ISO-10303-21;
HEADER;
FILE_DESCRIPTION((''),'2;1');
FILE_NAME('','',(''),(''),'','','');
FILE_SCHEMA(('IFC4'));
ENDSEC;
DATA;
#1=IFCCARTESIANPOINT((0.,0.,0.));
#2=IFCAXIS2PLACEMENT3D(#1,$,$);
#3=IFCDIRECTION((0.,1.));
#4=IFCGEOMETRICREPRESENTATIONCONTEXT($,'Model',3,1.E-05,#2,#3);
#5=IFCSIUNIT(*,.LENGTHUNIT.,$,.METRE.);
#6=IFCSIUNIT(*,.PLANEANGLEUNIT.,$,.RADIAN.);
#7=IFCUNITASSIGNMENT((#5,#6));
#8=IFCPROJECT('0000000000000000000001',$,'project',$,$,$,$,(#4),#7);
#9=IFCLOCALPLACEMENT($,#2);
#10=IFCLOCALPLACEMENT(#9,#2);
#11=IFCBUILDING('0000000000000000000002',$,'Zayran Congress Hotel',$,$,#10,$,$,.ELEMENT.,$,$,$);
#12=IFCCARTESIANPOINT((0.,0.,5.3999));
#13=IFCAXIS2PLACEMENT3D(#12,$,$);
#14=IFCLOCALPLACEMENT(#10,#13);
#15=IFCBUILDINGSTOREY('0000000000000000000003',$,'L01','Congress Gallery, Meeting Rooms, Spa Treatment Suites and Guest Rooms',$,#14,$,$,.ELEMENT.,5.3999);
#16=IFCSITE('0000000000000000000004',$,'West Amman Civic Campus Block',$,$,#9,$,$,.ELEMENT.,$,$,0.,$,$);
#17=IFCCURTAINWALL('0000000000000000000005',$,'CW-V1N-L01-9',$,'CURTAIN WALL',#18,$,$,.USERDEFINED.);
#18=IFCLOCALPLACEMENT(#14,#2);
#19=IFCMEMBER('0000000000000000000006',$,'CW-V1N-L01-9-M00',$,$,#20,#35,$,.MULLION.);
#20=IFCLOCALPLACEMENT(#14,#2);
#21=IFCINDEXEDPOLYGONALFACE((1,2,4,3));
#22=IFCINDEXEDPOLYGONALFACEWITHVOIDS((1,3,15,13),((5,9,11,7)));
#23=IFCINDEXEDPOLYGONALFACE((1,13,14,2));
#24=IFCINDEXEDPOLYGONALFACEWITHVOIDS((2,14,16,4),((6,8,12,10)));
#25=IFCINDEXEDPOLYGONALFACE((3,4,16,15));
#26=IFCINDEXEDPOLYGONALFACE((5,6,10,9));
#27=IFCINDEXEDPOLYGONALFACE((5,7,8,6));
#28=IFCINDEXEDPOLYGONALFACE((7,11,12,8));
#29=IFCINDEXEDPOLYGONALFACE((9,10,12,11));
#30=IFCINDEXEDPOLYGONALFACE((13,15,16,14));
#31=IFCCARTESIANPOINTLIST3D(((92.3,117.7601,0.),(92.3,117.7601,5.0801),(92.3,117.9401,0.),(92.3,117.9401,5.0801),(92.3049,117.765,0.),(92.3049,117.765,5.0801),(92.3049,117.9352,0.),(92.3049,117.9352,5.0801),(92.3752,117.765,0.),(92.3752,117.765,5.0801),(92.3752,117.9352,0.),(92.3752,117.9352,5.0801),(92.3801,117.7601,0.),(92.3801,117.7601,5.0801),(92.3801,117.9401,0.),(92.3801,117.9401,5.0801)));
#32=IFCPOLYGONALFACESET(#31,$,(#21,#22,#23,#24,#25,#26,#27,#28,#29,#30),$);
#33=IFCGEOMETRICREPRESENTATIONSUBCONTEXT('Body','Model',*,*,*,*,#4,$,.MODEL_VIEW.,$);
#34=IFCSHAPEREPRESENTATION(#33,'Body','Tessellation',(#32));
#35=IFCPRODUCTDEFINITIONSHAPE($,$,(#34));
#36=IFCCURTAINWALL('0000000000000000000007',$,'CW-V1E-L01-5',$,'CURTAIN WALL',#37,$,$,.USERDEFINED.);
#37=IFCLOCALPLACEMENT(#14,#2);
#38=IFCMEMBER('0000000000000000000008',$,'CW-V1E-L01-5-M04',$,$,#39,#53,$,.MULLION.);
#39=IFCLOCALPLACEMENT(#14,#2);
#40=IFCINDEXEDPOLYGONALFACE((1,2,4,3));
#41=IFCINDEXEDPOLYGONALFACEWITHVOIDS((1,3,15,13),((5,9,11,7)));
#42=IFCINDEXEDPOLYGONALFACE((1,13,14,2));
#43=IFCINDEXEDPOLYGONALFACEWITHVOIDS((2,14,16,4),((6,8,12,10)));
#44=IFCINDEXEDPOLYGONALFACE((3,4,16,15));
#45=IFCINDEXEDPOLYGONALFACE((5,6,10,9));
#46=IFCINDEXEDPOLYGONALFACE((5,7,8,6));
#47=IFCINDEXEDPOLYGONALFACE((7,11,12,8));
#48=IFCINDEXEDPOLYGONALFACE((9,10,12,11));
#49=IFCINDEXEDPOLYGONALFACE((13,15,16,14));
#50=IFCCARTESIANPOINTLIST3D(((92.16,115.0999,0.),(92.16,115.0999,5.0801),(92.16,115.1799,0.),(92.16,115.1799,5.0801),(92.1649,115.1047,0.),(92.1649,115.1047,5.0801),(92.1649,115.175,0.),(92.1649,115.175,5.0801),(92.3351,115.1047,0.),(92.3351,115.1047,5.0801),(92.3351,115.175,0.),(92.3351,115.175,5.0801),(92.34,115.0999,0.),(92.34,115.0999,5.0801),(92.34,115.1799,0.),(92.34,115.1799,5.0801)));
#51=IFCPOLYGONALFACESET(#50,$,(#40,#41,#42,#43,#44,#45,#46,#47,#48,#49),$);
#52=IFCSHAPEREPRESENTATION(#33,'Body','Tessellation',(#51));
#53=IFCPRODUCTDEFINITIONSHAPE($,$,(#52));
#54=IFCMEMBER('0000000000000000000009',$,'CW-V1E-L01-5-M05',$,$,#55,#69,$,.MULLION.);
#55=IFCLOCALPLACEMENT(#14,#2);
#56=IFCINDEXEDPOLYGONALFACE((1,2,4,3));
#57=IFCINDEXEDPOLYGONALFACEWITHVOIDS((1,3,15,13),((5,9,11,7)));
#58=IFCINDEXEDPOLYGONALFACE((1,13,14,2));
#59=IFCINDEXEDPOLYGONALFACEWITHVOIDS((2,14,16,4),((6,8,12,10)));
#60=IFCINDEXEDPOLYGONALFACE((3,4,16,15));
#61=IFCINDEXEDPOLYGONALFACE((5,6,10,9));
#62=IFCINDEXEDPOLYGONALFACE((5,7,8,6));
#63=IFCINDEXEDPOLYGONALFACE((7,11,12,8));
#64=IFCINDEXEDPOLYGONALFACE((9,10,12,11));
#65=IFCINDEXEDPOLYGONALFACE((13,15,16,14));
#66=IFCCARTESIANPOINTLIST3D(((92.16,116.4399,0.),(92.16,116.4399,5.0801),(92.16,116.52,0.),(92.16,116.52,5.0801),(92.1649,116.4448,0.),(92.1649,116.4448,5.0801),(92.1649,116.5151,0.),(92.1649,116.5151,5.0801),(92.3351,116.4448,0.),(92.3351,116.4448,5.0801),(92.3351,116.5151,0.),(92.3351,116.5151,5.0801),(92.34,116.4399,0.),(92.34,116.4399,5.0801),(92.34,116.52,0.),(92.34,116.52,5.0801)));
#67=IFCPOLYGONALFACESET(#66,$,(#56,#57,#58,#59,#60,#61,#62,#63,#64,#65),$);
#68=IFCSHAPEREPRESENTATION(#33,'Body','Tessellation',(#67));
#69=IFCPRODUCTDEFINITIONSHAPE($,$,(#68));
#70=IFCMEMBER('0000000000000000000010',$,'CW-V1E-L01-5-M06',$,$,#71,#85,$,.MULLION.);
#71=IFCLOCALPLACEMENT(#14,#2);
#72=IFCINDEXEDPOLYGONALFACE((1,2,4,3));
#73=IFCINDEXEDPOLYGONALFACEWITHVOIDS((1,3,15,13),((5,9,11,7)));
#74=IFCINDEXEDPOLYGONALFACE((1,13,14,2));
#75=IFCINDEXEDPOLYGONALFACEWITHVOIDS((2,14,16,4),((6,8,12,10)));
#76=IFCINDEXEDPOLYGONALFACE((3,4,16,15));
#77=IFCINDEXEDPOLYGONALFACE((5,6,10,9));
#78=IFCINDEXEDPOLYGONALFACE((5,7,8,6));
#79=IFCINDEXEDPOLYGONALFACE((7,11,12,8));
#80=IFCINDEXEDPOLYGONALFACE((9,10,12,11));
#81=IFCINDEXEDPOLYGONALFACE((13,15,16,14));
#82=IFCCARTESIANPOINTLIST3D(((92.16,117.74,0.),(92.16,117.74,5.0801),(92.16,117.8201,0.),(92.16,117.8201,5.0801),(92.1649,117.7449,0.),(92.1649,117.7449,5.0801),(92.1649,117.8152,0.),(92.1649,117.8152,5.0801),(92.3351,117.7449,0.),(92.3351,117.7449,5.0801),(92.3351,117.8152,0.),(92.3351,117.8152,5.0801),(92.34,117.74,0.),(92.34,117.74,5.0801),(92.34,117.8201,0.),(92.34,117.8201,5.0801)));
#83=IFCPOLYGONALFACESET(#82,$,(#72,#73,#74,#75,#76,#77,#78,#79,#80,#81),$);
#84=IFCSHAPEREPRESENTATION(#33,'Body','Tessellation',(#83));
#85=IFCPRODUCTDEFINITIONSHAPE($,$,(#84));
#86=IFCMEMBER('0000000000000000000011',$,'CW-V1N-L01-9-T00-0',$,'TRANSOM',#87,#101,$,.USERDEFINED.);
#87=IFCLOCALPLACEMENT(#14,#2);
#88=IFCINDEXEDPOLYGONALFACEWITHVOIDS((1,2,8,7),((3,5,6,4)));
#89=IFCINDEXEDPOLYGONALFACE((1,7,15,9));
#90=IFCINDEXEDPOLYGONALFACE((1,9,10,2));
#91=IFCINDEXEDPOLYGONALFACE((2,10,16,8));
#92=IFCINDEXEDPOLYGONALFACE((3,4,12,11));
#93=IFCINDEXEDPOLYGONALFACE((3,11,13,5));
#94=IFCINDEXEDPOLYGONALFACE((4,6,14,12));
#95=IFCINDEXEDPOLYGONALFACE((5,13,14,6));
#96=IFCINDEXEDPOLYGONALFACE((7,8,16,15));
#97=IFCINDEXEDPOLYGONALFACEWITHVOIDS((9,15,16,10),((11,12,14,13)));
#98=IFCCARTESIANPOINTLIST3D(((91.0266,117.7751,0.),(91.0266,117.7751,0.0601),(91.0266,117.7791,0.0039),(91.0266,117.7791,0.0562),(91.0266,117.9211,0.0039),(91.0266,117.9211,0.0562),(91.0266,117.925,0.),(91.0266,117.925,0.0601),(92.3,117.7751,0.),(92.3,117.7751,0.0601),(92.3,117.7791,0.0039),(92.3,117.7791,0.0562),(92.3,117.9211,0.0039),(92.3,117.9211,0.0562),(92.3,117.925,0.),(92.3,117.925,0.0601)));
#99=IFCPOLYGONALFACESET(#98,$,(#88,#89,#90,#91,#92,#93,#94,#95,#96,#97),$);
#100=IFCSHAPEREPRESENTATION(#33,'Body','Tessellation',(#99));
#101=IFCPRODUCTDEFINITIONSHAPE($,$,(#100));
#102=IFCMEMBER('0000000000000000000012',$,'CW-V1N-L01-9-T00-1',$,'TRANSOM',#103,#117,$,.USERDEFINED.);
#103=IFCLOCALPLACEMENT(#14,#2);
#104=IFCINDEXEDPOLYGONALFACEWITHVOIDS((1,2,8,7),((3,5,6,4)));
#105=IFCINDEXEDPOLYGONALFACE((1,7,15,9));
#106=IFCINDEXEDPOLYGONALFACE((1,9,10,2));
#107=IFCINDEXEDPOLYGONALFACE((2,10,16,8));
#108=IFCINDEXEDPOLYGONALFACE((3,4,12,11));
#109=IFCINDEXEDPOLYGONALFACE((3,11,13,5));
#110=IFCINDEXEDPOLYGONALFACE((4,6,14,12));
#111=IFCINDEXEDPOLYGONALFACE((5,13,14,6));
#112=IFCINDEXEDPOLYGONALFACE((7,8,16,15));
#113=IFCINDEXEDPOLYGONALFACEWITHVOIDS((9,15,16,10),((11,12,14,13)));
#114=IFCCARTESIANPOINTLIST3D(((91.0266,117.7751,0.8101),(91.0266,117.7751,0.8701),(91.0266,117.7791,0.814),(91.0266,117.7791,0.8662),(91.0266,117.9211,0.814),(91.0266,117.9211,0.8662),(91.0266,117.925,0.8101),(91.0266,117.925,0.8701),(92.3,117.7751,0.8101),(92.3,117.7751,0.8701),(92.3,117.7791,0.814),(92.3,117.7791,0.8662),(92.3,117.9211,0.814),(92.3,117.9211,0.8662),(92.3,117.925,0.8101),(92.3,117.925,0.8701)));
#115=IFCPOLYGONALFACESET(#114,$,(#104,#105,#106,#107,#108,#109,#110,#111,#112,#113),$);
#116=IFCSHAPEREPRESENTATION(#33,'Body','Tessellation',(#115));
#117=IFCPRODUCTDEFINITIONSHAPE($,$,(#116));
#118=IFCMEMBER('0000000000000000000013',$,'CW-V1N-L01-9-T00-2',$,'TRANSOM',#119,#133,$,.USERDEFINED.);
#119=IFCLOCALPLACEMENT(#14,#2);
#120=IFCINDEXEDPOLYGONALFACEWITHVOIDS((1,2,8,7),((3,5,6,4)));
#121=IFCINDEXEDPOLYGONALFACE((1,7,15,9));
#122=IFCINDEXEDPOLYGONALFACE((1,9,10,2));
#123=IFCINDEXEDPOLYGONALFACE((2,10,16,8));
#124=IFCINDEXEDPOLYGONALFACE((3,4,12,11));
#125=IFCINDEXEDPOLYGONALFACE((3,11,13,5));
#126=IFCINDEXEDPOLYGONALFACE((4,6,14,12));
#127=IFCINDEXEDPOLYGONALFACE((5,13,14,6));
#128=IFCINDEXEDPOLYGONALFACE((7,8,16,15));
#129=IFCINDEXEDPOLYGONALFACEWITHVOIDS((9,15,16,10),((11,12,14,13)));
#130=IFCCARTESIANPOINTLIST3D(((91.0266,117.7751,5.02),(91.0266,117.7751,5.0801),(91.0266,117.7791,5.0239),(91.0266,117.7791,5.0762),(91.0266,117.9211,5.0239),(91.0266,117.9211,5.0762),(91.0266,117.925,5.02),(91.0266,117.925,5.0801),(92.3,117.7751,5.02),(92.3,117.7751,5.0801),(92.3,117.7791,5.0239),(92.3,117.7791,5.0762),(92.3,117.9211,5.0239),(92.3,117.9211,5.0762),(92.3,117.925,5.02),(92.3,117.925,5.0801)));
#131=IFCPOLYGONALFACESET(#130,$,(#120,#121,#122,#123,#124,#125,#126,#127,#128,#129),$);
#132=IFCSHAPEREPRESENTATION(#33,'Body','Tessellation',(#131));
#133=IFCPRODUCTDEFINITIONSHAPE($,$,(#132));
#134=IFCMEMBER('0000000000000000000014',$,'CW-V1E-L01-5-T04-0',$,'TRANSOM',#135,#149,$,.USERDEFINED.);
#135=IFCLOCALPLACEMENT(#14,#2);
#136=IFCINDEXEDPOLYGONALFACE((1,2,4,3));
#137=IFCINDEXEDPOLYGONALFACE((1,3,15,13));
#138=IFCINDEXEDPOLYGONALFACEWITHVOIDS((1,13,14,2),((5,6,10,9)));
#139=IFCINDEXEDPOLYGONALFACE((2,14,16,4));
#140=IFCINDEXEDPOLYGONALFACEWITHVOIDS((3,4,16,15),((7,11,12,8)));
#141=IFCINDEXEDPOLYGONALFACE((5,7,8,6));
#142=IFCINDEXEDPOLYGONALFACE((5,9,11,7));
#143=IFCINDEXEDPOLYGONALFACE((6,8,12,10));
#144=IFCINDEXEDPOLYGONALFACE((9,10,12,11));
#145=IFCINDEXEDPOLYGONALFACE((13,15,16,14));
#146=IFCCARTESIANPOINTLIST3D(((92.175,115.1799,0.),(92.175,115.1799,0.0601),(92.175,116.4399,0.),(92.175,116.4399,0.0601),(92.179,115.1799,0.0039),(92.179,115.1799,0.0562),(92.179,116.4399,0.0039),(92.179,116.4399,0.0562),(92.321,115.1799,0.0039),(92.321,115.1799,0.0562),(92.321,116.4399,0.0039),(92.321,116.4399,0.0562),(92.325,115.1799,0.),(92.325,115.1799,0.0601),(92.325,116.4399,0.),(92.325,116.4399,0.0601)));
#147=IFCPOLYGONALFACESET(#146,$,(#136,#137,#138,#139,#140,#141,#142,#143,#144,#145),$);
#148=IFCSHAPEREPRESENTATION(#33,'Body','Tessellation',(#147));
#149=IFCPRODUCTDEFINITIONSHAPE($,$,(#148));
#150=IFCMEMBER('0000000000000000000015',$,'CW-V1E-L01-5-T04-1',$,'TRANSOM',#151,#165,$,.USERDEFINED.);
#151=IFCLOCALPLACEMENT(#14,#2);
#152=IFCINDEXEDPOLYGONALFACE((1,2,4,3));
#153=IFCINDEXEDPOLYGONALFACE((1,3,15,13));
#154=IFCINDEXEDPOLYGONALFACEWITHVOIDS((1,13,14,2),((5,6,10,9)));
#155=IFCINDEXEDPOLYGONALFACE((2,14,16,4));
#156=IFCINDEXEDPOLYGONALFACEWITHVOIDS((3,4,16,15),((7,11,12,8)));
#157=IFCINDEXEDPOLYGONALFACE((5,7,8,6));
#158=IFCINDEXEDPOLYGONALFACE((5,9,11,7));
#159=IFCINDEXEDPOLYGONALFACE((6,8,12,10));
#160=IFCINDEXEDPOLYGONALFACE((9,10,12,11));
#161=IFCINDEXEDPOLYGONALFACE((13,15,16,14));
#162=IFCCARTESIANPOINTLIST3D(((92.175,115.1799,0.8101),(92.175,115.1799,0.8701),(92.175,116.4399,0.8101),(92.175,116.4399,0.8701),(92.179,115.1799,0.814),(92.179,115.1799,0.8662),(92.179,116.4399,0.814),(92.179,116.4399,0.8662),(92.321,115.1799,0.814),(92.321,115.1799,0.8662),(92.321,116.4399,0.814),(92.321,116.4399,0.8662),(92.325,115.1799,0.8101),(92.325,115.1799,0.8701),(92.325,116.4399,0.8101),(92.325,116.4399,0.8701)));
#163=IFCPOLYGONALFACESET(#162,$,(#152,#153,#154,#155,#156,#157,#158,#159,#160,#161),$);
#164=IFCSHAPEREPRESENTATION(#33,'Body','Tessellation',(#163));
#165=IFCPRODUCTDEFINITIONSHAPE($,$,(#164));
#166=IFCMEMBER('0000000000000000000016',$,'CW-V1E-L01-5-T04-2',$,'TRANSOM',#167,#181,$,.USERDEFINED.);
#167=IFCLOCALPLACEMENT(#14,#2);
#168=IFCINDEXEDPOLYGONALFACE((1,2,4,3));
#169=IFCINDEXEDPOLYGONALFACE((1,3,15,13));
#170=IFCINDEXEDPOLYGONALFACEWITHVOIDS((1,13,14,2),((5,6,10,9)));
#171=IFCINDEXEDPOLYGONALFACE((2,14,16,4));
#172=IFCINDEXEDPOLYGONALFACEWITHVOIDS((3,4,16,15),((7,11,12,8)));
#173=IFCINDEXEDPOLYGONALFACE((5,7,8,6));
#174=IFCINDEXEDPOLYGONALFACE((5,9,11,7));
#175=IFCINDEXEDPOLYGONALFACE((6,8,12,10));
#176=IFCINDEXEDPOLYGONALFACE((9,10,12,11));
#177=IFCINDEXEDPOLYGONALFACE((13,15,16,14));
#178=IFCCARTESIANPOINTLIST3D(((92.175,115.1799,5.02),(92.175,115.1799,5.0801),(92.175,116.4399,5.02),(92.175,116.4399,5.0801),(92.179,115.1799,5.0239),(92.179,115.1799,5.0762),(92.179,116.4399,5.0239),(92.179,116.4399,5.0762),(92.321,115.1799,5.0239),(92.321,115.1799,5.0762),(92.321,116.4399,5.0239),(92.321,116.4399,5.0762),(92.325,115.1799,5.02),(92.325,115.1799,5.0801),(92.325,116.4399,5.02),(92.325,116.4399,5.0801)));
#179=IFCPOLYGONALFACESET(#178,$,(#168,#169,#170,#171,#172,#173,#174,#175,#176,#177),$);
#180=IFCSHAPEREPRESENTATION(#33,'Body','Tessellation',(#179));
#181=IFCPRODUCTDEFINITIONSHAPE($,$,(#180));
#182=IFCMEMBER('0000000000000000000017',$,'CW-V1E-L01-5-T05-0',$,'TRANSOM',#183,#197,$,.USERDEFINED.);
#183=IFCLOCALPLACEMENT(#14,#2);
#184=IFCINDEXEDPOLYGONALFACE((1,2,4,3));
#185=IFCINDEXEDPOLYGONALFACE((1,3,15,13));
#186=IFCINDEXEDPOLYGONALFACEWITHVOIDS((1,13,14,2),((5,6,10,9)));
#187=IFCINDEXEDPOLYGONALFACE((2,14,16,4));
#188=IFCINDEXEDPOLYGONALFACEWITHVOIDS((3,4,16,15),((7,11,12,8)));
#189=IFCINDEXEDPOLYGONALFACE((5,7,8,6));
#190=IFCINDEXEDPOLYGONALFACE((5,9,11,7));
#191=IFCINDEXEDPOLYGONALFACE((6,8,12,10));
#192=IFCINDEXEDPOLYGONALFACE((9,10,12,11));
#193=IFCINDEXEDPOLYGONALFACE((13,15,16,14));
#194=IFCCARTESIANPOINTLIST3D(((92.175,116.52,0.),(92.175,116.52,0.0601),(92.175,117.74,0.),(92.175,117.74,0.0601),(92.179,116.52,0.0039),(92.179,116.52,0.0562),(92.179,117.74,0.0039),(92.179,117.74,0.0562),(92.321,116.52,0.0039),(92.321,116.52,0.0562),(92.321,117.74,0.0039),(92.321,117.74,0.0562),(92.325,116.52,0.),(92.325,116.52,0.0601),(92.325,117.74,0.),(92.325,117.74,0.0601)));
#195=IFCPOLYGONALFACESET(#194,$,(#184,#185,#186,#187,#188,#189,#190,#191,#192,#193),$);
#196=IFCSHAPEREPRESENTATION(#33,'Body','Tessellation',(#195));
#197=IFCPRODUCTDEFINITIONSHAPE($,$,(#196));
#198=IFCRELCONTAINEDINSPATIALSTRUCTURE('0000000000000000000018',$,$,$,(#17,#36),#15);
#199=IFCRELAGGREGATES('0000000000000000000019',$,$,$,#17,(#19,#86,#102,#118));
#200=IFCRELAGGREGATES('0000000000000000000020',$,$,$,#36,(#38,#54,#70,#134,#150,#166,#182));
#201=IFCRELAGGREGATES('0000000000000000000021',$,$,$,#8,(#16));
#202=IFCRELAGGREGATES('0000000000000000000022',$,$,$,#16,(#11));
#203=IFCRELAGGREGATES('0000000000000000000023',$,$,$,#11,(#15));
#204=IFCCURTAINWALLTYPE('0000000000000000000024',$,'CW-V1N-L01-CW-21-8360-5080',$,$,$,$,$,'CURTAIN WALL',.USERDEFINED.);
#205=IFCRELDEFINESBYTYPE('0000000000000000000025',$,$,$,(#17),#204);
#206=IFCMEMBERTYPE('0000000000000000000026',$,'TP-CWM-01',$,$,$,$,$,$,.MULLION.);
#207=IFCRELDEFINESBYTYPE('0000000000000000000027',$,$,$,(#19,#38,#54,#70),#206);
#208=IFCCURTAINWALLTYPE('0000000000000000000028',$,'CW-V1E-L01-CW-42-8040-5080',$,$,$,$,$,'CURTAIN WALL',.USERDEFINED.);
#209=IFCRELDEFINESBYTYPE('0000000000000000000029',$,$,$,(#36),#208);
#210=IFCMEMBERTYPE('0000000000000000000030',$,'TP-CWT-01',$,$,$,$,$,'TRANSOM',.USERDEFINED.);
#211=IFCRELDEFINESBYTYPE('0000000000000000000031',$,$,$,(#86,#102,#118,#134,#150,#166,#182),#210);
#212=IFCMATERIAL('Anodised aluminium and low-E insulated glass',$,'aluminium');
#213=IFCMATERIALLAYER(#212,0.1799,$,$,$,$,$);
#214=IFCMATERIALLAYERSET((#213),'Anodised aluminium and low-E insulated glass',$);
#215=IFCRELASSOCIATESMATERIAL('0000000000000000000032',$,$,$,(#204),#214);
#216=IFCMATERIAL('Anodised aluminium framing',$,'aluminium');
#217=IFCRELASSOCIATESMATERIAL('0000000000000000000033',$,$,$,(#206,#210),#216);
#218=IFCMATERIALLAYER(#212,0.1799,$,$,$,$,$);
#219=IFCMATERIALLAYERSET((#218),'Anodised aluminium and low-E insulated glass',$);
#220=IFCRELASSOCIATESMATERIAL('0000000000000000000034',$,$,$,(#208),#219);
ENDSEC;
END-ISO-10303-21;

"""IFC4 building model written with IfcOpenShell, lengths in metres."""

from ifc_helpers import new_model, si_unit, direction, frame, origin, origin_2d, place, context, subcontext, project, spatial, hollow_rectangle, extrude, material, layer, layer_set, material_profile, profile_set, type_object, element, aggregate, save


model = new_model("IFC4")

# Units and contexts
model_context = context("Model", 3, precision=1e-05, world=origin(), true_north=direction((0.0, 1.0)))
body_context = subcontext(model_context, "Body", "Model", "MODEL_VIEW")
ifc_project = project(units=[si_unit("LENGTHUNIT", "METRE"), si_unit("PLANEANGLEUNIT", "RADIAN")], contexts=[model_context])

# Site, building, storey
site_placement = place(None, origin())
site = spatial("IfcSite", under=ifc_project, at=site_placement, Name="West Amman Civic Campus Block", CompositionType="ELEMENT", RefElevation=0.0)
building_placement = place(site_placement, origin())
building = spatial("IfcBuilding", under=site, at=building_placement, Name="Zayran Congress Hotel", CompositionType="ELEMENT")
storey_placement = place(building_placement, frame((0.0, 0.0, 5.3999)))
storey = spatial("IfcBuildingStorey", under=building, at=storey_placement, Name="L01", Description="Congress Gallery, Meeting Rooms, Spa Treatment Suites and Guest Rooms", CompositionType="ELEMENT", Elevation=5.3999)

# Curtain wall, member
ifc_material_1 = material(Name="Anodised aluminium and low-E insulated glass", Category="aluminium")
ifc_layer_1 = layer(ifc_material_1, 0.1799)
ifc_layer_set_1 = layer_set([ifc_layer_1], Name="Anodised aluminium and low-E insulated glass")
curtain_wall_type_1 = type_object("IfcCurtainWallType", Name="CW-V1N-L01-CW-21-8360-5080", ElementType="CURTAIN WALL", PredefinedType="USERDEFINED", material=ifc_layer_set_1)
curtain_wall_1_placement = place(storey_placement, origin())
curtain_wall_1 = element("IfcCurtainWall", 1, at=curtain_wall_1_placement, inside=storey, type_object=curtain_wall_type_1, Name="CW-V1N-L01-9", ObjectType="CURTAIN WALL", PredefinedType="USERDEFINED")
ifc_material_2 = material(Name="Anodised aluminium framing", Category="aluminium")
ifc_material_profile_1 = material_profile(ifc_material_2, hollow_rectangle(XDim=0.0801, YDim=0.1799, WallThickness=0.0049, at=origin_2d()), Name="RHS 180x80x5")
ifc_profile_set_1 = profile_set([ifc_material_profile_1], Name="Anodised aluminium framing")
member_type_1 = type_object("IfcMemberType", Name="TP-CWM-01", PredefinedType="MULLION", material=ifc_profile_set_1)
member_1_placement = place(storey_placement, frame((92.3401, 117.8501, 0.0), z_axis=(0.0, 0.0, 1.0), x_axis=(1.0, 0.0, 0.0)))
member_1 = element("IfcMember", 2, at=member_1_placement, type_object=member_type_1, Name="CW-V1N-L01-9-M00", PredefinedType="MULLION", context=body_context, shape_type="SweptSolid", body=[
    extrude(hollow_rectangle(XDim=0.0801, YDim=0.1799, WallThickness=0.0049, at=origin_2d()), origin(), (0.0, 0.0, 1.0), 5.0801),
])

# Curtain wall, members
ifc_layer_2 = layer(ifc_material_1, 0.1799)
ifc_layer_set_2 = layer_set([ifc_layer_2], Name="Anodised aluminium and low-E insulated glass")
curtain_wall_type_2 = type_object("IfcCurtainWallType", Name="CW-V1E-L01-CW-42-8040-5080", ElementType="CURTAIN WALL", PredefinedType="USERDEFINED", material=ifc_layer_set_2)
curtain_wall_2_placement = place(storey_placement, origin())
curtain_wall_2 = element("IfcCurtainWall", 3, at=curtain_wall_2_placement, inside=storey, type_object=curtain_wall_type_2, Name="CW-V1E-L01-5", ObjectType="CURTAIN WALL", PredefinedType="USERDEFINED")
member_2_placement = place(storey_placement, frame((92.25, 115.1399, 0.0), z_axis=(0.0, 0.0, 1.0), x_axis=(0.0, 1.0, 0.0)))
member_2 = element("IfcMember", 4, at=member_2_placement, type_object=member_type_1, Name="CW-V1E-L01-5-M04", PredefinedType="MULLION", context=body_context, shape_type="SweptSolid", body=[
    extrude(hollow_rectangle(XDim=0.0801, YDim=0.1799, WallThickness=0.0049, at=origin_2d()), origin(), (0.0, 0.0, 1.0), 5.0801),
])
member_3_placement = place(storey_placement, frame((92.25, 116.48, 0.0), z_axis=(0.0, 0.0, 1.0), x_axis=(0.0, 1.0, 0.0)))
member_3 = element("IfcMember", 5, at=member_3_placement, type_object=member_type_1, Name="CW-V1E-L01-5-M05", PredefinedType="MULLION", context=body_context, shape_type="SweptSolid", body=[
    extrude(hollow_rectangle(XDim=0.0801, YDim=0.1799, WallThickness=0.0049, at=origin_2d()), origin(), (0.0, 0.0, 1.0), 5.0801),
])
member_4_placement = place(storey_placement, frame((92.25, 117.78, 0.0), z_axis=(0.0, 0.0, 1.0), x_axis=(0.0, 1.0, 0.0)))
member_4 = element("IfcMember", 6, at=member_4_placement, type_object=member_type_1, Name="CW-V1E-L01-5-M06", PredefinedType="MULLION", context=body_context, shape_type="SweptSolid", body=[
    extrude(hollow_rectangle(XDim=0.0801, YDim=0.1799, WallThickness=0.0049, at=origin_2d()), origin(), (0.0, 0.0, 1.0), 5.0801),
])

# Members
ifc_material_profile_2 = material_profile(ifc_material_2, hollow_rectangle(XDim=0.0601, YDim=0.1499, WallThickness=0.0039, at=origin_2d()), Name="RHS 150x60x4")
ifc_profile_set_2 = profile_set([ifc_material_profile_2], Name="Anodised aluminium framing")
member_type_2 = type_object("IfcMemberType", Name="TP-CWT-01", ElementType="TRANSOM", PredefinedType="USERDEFINED", material=ifc_profile_set_2)
member_5_placement = place(storey_placement, frame((92.3, 117.8501, 0.03), z_axis=(-1.0, 0.0, 0.0), x_axis=(0.0, 0.0, 1.0)))
member_5 = element("IfcMember", 7, at=member_5_placement, type_object=member_type_2, Name="CW-V1N-L01-9-T00-0", ObjectType="TRANSOM", PredefinedType="USERDEFINED", context=body_context, shape_type="SweptSolid", body=[
    extrude(hollow_rectangle(XDim=0.0601, YDim=0.1499, WallThickness=0.0039, at=origin_2d()), origin(), (0.0, 0.0, 1.0), 1.2734),
])
member_6_placement = place(storey_placement, frame((92.3, 117.8501, 0.8401), z_axis=(-1.0, 0.0, 0.0), x_axis=(0.0, 0.0, 1.0)))
member_6 = element("IfcMember", 8, at=member_6_placement, type_object=member_type_2, Name="CW-V1N-L01-9-T00-1", ObjectType="TRANSOM", PredefinedType="USERDEFINED", context=body_context, shape_type="SweptSolid", body=[
    extrude(hollow_rectangle(XDim=0.0601, YDim=0.1499, WallThickness=0.0039, at=origin_2d()), origin(), (0.0, 0.0, 1.0), 1.2734),
])
member_7_placement = place(storey_placement, frame((92.3, 117.8501, 5.05), z_axis=(-1.0, 0.0, 0.0), x_axis=(0.0, 0.0, 1.0)))
member_7 = element("IfcMember", 9, at=member_7_placement, type_object=member_type_2, Name="CW-V1N-L01-9-T00-2", ObjectType="TRANSOM", PredefinedType="USERDEFINED", context=body_context, shape_type="SweptSolid", body=[
    extrude(hollow_rectangle(XDim=0.0601, YDim=0.1499, WallThickness=0.0039, at=origin_2d()), origin(), (0.0, 0.0, 1.0), 1.2734),
])
aggregate(curtain_wall_1, [member_1, member_5, member_6, member_7])
member_8_placement = place(storey_placement, frame((92.25, 115.1799, 0.03), z_axis=(0.0, 1.0, 0.0), x_axis=(0.0, 0.0, 1.0)))
member_8 = element("IfcMember", 10, at=member_8_placement, type_object=member_type_2, Name="CW-V1E-L01-5-T04-0", ObjectType="TRANSOM", PredefinedType="USERDEFINED", context=body_context, shape_type="SweptSolid", body=[
    extrude(hollow_rectangle(XDim=0.0601, YDim=0.1499, WallThickness=0.0039, at=origin_2d()), origin(), (0.0, 0.0, 1.0), 1.26),
])
member_9_placement = place(storey_placement, frame((92.25, 115.1799, 0.8401), z_axis=(0.0, 1.0, 0.0), x_axis=(0.0, 0.0, 1.0)))
member_9 = element("IfcMember", 11, at=member_9_placement, type_object=member_type_2, Name="CW-V1E-L01-5-T04-1", ObjectType="TRANSOM", PredefinedType="USERDEFINED", context=body_context, shape_type="SweptSolid", body=[
    extrude(hollow_rectangle(XDim=0.0601, YDim=0.1499, WallThickness=0.0039, at=origin_2d()), origin(), (0.0, 0.0, 1.0), 1.26),
])
member_10_placement = place(storey_placement, frame((92.25, 115.1799, 5.05), z_axis=(0.0, 1.0, 0.0), x_axis=(0.0, 0.0, 1.0)))
member_10 = element("IfcMember", 12, at=member_10_placement, type_object=member_type_2, Name="CW-V1E-L01-5-T04-2", ObjectType="TRANSOM", PredefinedType="USERDEFINED", context=body_context, shape_type="SweptSolid", body=[
    extrude(hollow_rectangle(XDim=0.0601, YDim=0.1499, WallThickness=0.0039, at=origin_2d()), origin(), (0.0, 0.0, 1.0), 1.26),
])
member_11_placement = place(storey_placement, frame((92.25, 116.52, 0.03), z_axis=(0.0, 1.0, 0.0), x_axis=(0.0, 0.0, 1.0)))
member_11 = element("IfcMember", 13, at=member_11_placement, type_object=member_type_2, Name="CW-V1E-L01-5-T05-0", ObjectType="TRANSOM", PredefinedType="USERDEFINED", context=body_context, shape_type="SweptSolid", body=[
    extrude(hollow_rectangle(XDim=0.0601, YDim=0.1499, WallThickness=0.0039, at=origin_2d()), origin(), (0.0, 0.0, 1.0), 1.22),
])

aggregate(curtain_wall_2, [member_2, member_3, member_4, member_8, member_9, member_10, member_11])

save(model, "model.ifc")
